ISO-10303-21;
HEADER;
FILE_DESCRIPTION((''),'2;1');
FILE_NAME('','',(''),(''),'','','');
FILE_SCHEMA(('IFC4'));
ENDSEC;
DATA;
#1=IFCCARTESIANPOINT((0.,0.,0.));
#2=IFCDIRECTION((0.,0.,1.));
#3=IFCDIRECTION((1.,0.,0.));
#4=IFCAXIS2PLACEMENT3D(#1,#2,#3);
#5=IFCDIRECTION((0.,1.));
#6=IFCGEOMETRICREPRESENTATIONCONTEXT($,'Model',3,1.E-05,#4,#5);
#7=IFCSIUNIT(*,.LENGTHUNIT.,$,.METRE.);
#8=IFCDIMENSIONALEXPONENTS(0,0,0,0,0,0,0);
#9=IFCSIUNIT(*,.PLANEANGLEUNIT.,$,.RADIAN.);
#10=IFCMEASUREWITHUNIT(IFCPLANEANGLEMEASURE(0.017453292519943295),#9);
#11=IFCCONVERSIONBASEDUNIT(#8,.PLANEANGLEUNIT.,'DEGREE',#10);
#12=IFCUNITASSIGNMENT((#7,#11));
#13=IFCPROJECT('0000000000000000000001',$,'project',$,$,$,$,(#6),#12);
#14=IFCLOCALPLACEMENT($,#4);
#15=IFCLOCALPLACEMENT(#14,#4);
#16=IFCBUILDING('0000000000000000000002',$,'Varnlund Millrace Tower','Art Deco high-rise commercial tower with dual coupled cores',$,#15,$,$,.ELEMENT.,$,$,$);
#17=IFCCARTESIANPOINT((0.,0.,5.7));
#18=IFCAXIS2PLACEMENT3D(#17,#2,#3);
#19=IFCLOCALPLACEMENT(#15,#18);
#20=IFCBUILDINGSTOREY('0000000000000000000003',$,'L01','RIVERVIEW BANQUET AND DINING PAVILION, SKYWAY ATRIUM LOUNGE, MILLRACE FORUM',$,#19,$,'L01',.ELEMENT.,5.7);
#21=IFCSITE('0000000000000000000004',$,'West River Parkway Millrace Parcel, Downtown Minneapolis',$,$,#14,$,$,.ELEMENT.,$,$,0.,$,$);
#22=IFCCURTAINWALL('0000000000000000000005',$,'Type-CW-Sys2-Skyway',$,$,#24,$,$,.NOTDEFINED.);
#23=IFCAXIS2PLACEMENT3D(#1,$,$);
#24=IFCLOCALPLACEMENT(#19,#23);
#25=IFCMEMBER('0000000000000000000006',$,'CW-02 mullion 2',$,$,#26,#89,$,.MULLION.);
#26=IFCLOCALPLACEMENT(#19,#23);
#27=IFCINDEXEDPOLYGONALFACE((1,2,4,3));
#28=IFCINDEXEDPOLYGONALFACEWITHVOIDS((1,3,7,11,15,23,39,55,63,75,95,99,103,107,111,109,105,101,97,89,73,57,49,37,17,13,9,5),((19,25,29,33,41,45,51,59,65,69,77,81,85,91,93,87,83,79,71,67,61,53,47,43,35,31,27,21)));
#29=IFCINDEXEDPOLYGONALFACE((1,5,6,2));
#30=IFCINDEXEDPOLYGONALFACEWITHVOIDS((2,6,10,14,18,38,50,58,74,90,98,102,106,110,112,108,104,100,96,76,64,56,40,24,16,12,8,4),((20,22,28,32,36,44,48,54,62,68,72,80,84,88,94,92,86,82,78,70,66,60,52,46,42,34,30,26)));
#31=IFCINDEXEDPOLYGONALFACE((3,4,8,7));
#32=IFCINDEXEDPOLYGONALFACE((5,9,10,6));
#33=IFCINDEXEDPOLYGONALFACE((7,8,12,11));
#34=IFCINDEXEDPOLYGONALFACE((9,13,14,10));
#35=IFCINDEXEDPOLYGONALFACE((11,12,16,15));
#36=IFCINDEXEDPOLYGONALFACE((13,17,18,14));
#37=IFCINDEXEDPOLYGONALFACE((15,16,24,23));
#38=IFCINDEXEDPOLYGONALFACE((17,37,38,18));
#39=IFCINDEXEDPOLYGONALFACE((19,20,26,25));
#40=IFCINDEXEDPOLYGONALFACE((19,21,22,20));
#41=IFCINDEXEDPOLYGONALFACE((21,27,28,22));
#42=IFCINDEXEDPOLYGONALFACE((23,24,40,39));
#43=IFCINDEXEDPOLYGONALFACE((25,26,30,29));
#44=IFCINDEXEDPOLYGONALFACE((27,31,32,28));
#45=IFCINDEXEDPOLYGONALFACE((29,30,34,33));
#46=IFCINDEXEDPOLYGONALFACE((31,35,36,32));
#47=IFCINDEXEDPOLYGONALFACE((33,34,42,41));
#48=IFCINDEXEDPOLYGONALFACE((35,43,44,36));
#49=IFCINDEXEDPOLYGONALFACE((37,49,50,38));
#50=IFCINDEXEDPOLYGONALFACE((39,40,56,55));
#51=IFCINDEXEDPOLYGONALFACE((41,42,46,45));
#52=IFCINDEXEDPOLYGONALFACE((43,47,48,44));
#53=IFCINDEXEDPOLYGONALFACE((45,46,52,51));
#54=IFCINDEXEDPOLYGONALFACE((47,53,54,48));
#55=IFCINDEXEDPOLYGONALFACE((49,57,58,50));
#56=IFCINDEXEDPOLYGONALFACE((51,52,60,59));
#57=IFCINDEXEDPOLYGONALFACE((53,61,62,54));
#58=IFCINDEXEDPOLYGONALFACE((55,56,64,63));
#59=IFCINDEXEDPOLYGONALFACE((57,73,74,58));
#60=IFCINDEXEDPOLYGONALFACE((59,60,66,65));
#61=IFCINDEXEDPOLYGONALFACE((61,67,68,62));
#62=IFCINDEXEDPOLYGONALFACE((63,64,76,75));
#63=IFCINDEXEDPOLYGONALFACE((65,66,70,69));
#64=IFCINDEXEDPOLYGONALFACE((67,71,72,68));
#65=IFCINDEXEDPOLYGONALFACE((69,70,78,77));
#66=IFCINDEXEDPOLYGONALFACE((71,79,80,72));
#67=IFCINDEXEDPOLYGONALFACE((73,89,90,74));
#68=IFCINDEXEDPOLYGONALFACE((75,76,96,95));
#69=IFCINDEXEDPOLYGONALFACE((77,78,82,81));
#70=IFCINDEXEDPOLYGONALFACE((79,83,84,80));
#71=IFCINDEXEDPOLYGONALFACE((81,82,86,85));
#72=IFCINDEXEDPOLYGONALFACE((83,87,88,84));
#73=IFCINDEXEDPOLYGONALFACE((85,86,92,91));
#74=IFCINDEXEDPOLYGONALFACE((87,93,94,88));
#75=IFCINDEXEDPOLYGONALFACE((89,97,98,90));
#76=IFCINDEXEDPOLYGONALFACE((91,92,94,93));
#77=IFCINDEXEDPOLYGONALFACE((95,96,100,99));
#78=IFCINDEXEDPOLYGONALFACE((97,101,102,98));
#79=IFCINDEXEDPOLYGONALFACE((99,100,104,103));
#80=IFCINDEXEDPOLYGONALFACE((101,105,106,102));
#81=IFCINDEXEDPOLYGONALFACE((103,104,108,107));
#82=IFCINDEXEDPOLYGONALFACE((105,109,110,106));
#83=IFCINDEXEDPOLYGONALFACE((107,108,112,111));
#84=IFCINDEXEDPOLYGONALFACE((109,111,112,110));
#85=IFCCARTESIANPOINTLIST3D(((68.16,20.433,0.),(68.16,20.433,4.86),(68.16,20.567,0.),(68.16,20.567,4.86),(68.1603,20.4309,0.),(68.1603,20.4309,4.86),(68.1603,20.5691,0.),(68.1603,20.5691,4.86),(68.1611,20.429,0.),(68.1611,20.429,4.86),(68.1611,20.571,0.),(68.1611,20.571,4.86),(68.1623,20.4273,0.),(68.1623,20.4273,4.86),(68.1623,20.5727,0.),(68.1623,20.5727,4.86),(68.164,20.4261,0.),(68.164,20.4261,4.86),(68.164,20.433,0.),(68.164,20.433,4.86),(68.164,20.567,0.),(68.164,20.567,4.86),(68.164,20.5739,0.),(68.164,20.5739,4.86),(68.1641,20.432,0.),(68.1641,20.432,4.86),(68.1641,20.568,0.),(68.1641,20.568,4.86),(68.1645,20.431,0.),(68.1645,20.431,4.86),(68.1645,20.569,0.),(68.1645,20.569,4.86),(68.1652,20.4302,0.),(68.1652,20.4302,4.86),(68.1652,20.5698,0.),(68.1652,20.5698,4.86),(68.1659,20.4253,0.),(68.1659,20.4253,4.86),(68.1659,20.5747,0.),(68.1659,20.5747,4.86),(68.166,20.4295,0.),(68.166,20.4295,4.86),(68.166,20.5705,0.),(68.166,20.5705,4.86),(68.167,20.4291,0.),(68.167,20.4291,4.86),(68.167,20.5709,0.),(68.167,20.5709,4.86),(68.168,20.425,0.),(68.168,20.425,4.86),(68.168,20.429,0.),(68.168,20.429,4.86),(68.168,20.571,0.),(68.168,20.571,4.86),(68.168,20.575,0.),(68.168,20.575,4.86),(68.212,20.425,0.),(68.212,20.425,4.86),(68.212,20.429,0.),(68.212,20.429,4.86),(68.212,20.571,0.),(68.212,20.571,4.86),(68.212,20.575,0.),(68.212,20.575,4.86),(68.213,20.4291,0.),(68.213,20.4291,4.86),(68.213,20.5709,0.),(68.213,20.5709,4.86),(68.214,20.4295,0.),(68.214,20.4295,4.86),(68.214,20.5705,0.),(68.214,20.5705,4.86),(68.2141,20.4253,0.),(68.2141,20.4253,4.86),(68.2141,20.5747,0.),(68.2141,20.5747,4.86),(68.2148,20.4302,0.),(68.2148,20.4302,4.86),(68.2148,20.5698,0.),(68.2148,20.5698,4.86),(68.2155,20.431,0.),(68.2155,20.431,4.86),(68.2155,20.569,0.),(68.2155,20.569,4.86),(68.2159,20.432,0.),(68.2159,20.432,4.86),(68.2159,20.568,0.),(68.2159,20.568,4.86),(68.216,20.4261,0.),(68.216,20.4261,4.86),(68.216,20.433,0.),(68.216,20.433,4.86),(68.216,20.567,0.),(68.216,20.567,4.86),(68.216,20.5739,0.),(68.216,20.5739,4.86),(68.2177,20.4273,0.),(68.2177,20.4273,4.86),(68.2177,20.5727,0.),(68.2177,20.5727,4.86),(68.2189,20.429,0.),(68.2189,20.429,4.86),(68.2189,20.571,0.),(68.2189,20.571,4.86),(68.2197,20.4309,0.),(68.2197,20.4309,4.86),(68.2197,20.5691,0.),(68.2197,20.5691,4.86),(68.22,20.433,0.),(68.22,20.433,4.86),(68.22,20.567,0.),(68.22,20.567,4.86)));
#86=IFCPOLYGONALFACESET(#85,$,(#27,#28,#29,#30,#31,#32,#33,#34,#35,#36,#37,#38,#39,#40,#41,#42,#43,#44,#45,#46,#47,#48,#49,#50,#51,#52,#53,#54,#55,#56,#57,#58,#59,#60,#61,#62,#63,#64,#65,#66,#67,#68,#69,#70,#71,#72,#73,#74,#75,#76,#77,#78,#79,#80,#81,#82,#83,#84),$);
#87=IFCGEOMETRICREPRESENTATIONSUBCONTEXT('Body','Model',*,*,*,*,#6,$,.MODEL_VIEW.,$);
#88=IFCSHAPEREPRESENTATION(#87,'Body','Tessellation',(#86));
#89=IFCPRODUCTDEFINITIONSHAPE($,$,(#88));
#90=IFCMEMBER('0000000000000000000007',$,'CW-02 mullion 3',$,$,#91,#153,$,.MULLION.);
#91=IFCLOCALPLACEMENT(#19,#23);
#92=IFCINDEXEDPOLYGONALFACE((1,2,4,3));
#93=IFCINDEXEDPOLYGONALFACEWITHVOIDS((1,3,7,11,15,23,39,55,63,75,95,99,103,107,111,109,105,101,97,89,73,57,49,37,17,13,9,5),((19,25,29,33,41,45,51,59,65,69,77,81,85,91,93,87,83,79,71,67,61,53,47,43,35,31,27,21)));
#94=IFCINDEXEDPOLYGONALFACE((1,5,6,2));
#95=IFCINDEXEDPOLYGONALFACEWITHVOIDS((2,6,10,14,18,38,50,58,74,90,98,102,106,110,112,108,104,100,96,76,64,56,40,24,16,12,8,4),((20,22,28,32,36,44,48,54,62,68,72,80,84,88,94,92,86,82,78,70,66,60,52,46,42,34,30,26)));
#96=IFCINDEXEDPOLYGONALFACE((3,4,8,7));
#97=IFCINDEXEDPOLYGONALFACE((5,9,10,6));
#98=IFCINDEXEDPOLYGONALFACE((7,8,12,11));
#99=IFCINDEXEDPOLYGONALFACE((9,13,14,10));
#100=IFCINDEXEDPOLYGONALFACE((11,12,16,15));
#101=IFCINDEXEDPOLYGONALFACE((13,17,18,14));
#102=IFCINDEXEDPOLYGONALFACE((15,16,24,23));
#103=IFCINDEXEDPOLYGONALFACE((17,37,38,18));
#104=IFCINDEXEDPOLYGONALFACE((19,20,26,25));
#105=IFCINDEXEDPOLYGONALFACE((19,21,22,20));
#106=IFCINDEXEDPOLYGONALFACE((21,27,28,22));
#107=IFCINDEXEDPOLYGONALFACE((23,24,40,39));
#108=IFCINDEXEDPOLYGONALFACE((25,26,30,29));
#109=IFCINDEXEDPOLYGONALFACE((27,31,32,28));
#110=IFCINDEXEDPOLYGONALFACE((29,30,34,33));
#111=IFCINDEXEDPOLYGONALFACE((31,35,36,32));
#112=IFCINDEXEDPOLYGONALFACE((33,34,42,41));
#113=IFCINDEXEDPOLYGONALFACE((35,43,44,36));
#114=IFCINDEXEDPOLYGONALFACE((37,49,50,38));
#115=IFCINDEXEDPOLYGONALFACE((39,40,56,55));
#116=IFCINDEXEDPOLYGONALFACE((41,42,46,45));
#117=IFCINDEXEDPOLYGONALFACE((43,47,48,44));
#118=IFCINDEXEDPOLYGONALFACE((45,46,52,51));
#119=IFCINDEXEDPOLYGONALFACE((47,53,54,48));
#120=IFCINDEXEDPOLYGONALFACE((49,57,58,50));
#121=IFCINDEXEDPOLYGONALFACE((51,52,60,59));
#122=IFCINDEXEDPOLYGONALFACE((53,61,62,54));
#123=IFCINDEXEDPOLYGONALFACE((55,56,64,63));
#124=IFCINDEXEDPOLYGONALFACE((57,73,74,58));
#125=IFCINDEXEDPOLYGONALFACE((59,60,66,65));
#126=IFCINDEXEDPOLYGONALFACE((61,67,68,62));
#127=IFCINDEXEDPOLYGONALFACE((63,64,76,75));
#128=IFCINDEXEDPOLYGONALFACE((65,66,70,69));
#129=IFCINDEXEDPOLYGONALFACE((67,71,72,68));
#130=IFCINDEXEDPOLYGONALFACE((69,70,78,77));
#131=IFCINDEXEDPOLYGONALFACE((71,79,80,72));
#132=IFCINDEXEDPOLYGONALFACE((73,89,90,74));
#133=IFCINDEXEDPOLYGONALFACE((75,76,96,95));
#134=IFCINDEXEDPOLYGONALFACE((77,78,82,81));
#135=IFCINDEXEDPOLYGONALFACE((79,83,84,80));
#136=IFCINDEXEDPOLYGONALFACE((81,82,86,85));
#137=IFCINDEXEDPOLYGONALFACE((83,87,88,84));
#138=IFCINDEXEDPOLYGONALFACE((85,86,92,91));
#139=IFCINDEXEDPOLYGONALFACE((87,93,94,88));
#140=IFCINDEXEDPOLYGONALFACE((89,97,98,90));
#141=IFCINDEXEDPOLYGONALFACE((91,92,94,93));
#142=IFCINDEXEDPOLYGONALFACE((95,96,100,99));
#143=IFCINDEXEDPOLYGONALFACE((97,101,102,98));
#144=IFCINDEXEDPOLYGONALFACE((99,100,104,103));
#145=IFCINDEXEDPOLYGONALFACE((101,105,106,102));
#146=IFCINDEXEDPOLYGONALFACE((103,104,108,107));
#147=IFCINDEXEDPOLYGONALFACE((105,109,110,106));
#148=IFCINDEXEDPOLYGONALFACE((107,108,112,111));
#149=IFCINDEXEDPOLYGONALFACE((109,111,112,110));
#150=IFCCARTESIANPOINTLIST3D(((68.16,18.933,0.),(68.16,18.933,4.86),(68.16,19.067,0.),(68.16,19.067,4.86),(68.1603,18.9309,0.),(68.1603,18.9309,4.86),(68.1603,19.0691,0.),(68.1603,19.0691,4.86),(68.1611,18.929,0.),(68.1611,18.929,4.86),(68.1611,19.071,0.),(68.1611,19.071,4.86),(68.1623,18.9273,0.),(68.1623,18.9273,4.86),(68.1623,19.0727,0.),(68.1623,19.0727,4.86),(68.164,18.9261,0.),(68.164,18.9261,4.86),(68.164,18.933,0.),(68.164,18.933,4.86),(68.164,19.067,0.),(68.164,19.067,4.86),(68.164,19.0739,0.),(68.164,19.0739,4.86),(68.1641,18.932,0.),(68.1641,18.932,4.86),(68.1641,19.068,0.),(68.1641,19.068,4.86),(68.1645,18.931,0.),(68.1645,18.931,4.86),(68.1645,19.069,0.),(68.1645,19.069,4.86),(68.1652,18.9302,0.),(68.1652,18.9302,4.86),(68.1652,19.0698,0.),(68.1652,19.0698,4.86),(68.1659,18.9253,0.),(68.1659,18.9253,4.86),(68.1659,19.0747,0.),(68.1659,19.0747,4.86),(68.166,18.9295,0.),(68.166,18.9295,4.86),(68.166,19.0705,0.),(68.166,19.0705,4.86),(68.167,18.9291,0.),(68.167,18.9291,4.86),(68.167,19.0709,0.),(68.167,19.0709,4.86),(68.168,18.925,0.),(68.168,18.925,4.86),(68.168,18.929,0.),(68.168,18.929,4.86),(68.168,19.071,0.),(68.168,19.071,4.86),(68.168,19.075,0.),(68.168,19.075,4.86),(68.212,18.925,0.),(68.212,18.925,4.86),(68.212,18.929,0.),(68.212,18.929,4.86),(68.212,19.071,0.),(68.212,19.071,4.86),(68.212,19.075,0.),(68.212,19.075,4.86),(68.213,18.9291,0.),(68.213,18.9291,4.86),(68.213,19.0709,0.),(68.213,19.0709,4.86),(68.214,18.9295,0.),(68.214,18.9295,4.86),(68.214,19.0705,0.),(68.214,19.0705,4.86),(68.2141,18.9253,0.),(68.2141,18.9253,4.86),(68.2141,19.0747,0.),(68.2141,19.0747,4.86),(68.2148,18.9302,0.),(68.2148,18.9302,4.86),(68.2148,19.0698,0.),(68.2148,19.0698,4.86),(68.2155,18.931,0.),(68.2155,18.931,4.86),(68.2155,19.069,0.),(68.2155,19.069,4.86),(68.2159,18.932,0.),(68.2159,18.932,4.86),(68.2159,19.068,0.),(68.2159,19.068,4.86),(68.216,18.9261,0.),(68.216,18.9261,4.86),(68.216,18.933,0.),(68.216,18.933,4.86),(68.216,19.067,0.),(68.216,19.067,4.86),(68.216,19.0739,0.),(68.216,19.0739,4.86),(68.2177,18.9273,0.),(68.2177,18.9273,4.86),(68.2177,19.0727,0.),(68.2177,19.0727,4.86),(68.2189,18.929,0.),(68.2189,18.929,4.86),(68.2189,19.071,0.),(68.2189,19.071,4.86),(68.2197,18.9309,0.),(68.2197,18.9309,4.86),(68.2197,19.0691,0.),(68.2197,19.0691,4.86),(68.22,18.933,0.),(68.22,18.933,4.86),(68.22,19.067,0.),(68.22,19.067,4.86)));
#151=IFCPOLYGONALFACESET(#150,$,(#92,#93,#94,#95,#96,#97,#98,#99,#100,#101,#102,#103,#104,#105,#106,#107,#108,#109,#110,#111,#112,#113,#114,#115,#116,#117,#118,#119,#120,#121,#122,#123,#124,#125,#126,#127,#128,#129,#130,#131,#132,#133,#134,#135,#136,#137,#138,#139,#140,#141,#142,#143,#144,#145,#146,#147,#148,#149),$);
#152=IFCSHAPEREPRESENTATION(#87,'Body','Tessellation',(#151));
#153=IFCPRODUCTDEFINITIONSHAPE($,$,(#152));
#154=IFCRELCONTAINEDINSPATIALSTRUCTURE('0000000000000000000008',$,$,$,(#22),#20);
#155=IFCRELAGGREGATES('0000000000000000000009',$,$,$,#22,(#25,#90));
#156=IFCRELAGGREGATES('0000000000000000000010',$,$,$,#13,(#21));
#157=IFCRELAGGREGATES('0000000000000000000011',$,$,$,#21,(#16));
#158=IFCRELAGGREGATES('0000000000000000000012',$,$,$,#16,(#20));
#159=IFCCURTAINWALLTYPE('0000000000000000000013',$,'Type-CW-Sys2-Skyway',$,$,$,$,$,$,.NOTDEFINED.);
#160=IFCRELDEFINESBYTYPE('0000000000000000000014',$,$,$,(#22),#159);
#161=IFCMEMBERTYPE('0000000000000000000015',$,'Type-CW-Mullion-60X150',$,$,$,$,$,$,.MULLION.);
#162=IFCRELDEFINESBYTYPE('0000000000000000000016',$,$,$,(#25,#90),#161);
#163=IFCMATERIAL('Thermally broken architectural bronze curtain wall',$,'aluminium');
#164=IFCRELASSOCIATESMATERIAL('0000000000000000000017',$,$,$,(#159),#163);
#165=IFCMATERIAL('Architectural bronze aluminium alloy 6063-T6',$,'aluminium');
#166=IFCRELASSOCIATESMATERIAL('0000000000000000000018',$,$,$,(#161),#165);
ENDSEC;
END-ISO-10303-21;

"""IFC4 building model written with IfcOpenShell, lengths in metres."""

from ifc_helpers import new_model, entity, si_unit, converted_unit, direction, frame, origin_with_axes, origin_2d_with_axis, place, context, subcontext, project, spatial, hollow_rectangle, extrude, material, material_profile, profile_set, type_object, element, aggregate, save


model = new_model("IFC4")

# Units and contexts
model_context = context("Model", 3, precision=1e-05, world=origin_with_axes(), true_north=direction((0.0, 1.0)))
body_context = subcontext(model_context, "Body", "Model", "MODEL_VIEW")
ifc_project = project(units=[si_unit("LENGTHUNIT", "METRE"), converted_unit("PLANEANGLEUNIT", "DEGREE", entity("IfcPlaneAngleMeasure", 0.017453292519943295), si_unit("PLANEANGLEUNIT", "RADIAN"), dimensions=[0, 0, 0, 0, 0, 0, 0])], contexts=[model_context])

# Site, building, storey
site_placement = place(None, origin_with_axes())
site = spatial("IfcSite", under=ifc_project, at=site_placement, Name="West River Parkway Millrace Parcel, Downtown Minneapolis", CompositionType="ELEMENT", RefElevation=0.0)
building_placement = place(site_placement, origin_with_axes())
building = spatial("IfcBuilding", under=site, at=building_placement, Name="Varnlund Millrace Tower", Description="Art Deco high-rise commercial tower with dual coupled cores", CompositionType="ELEMENT")
storey_placement = place(building_placement, frame((0.0, 0.0, 5.7), z_axis=(0.0, 0.0, 1.0), x_axis=(1.0, 0.0, 0.0)))
storey = spatial("IfcBuildingStorey", under=building, at=storey_placement, Name="L01", Description="RIVERVIEW BANQUET AND DINING PAVILION, SKYWAY ATRIUM LOUNGE, MILLRACE FORUM", LongName="L01", CompositionType="ELEMENT", Elevation=5.7)

# Shared definitions
ifc_material_1 = material(Name="Thermally broken architectural bronze curtain wall", Category="aluminium")
curtain_wall_type = type_object("IfcCurtainWallType", Name="Type-CW-Sys2-Skyway", PredefinedType="NOTDEFINED", material=ifc_material_1)
ifc_material_2 = material(Name="Architectural bronze aluminium alloy 6063-T6", Category="aluminium")
ifc_material_profile_1 = material_profile(ifc_material_2, hollow_rectangle(XDim=0.06, YDim=0.15, WallThickness=0.004, InnerFilletRadius=0.004, OuterFilletRadius=0.008, at=origin_2d_with_axis()), Name="Architectural bronze aluminium alloy 6063-T6")
ifc_profile_set_1 = profile_set([ifc_material_profile_1], Name="Architectural bronze aluminium alloy 6063-T6")
member_type_1 = type_object("IfcMemberType", Name="Type-CW-Mullion-60X150", PredefinedType="MULLION", material=ifc_profile_set_1)

# Curtain wall, members
curtain_wall_1_placement = place(storey_placement, frame((68.19, 22.0, 0.0), z_axis=(0.0, 0.0, 1.0), x_axis=(1.0, 0.0, 0.0)))
curtain_wall_1 = element("IfcCurtainWall", 1, at=curtain_wall_1_placement, inside=storey, type_object=curtain_wall_type, Name="Type-CW-Sys2-Skyway", PredefinedType="NOTDEFINED")
member_1_placement = place(storey_placement, frame((68.19, 20.5, 0.0), z_axis=(0.0, 0.0, 1.0), x_axis=(1.0, 0.0, 0.0)))
member_1 = element("IfcMember", 2, at=member_1_placement, type_object=member_type_1, Name="CW-02 mullion 2", PredefinedType="MULLION", context=body_context, shape_type="SweptSolid", body=[
    extrude(hollow_rectangle(XDim=0.06, YDim=0.15, WallThickness=0.004, InnerFilletRadius=0.004, OuterFilletRadius=0.008, at=origin_2d_with_axis()), origin_with_axes(), (0.0, 0.0, 1.0), 4.86),
])
member_2_placement = place(storey_placement, frame((68.19, 19.0, 0.0), z_axis=(0.0, 0.0, 1.0), x_axis=(1.0, 0.0, 0.0)))
member_2 = element("IfcMember", 3, at=member_2_placement, type_object=member_type_1, Name="CW-02 mullion 3", PredefinedType="MULLION", context=body_context, shape_type="SweptSolid", body=[
    extrude(hollow_rectangle(XDim=0.06, YDim=0.15, WallThickness=0.004, InnerFilletRadius=0.004, OuterFilletRadius=0.008, at=origin_2d_with_axis()), origin_with_axes(), (0.0, 0.0, 1.0), 4.86),
])

aggregate(curtain_wall_1, [member_1, member_2])

save(model, "model.ifc")
